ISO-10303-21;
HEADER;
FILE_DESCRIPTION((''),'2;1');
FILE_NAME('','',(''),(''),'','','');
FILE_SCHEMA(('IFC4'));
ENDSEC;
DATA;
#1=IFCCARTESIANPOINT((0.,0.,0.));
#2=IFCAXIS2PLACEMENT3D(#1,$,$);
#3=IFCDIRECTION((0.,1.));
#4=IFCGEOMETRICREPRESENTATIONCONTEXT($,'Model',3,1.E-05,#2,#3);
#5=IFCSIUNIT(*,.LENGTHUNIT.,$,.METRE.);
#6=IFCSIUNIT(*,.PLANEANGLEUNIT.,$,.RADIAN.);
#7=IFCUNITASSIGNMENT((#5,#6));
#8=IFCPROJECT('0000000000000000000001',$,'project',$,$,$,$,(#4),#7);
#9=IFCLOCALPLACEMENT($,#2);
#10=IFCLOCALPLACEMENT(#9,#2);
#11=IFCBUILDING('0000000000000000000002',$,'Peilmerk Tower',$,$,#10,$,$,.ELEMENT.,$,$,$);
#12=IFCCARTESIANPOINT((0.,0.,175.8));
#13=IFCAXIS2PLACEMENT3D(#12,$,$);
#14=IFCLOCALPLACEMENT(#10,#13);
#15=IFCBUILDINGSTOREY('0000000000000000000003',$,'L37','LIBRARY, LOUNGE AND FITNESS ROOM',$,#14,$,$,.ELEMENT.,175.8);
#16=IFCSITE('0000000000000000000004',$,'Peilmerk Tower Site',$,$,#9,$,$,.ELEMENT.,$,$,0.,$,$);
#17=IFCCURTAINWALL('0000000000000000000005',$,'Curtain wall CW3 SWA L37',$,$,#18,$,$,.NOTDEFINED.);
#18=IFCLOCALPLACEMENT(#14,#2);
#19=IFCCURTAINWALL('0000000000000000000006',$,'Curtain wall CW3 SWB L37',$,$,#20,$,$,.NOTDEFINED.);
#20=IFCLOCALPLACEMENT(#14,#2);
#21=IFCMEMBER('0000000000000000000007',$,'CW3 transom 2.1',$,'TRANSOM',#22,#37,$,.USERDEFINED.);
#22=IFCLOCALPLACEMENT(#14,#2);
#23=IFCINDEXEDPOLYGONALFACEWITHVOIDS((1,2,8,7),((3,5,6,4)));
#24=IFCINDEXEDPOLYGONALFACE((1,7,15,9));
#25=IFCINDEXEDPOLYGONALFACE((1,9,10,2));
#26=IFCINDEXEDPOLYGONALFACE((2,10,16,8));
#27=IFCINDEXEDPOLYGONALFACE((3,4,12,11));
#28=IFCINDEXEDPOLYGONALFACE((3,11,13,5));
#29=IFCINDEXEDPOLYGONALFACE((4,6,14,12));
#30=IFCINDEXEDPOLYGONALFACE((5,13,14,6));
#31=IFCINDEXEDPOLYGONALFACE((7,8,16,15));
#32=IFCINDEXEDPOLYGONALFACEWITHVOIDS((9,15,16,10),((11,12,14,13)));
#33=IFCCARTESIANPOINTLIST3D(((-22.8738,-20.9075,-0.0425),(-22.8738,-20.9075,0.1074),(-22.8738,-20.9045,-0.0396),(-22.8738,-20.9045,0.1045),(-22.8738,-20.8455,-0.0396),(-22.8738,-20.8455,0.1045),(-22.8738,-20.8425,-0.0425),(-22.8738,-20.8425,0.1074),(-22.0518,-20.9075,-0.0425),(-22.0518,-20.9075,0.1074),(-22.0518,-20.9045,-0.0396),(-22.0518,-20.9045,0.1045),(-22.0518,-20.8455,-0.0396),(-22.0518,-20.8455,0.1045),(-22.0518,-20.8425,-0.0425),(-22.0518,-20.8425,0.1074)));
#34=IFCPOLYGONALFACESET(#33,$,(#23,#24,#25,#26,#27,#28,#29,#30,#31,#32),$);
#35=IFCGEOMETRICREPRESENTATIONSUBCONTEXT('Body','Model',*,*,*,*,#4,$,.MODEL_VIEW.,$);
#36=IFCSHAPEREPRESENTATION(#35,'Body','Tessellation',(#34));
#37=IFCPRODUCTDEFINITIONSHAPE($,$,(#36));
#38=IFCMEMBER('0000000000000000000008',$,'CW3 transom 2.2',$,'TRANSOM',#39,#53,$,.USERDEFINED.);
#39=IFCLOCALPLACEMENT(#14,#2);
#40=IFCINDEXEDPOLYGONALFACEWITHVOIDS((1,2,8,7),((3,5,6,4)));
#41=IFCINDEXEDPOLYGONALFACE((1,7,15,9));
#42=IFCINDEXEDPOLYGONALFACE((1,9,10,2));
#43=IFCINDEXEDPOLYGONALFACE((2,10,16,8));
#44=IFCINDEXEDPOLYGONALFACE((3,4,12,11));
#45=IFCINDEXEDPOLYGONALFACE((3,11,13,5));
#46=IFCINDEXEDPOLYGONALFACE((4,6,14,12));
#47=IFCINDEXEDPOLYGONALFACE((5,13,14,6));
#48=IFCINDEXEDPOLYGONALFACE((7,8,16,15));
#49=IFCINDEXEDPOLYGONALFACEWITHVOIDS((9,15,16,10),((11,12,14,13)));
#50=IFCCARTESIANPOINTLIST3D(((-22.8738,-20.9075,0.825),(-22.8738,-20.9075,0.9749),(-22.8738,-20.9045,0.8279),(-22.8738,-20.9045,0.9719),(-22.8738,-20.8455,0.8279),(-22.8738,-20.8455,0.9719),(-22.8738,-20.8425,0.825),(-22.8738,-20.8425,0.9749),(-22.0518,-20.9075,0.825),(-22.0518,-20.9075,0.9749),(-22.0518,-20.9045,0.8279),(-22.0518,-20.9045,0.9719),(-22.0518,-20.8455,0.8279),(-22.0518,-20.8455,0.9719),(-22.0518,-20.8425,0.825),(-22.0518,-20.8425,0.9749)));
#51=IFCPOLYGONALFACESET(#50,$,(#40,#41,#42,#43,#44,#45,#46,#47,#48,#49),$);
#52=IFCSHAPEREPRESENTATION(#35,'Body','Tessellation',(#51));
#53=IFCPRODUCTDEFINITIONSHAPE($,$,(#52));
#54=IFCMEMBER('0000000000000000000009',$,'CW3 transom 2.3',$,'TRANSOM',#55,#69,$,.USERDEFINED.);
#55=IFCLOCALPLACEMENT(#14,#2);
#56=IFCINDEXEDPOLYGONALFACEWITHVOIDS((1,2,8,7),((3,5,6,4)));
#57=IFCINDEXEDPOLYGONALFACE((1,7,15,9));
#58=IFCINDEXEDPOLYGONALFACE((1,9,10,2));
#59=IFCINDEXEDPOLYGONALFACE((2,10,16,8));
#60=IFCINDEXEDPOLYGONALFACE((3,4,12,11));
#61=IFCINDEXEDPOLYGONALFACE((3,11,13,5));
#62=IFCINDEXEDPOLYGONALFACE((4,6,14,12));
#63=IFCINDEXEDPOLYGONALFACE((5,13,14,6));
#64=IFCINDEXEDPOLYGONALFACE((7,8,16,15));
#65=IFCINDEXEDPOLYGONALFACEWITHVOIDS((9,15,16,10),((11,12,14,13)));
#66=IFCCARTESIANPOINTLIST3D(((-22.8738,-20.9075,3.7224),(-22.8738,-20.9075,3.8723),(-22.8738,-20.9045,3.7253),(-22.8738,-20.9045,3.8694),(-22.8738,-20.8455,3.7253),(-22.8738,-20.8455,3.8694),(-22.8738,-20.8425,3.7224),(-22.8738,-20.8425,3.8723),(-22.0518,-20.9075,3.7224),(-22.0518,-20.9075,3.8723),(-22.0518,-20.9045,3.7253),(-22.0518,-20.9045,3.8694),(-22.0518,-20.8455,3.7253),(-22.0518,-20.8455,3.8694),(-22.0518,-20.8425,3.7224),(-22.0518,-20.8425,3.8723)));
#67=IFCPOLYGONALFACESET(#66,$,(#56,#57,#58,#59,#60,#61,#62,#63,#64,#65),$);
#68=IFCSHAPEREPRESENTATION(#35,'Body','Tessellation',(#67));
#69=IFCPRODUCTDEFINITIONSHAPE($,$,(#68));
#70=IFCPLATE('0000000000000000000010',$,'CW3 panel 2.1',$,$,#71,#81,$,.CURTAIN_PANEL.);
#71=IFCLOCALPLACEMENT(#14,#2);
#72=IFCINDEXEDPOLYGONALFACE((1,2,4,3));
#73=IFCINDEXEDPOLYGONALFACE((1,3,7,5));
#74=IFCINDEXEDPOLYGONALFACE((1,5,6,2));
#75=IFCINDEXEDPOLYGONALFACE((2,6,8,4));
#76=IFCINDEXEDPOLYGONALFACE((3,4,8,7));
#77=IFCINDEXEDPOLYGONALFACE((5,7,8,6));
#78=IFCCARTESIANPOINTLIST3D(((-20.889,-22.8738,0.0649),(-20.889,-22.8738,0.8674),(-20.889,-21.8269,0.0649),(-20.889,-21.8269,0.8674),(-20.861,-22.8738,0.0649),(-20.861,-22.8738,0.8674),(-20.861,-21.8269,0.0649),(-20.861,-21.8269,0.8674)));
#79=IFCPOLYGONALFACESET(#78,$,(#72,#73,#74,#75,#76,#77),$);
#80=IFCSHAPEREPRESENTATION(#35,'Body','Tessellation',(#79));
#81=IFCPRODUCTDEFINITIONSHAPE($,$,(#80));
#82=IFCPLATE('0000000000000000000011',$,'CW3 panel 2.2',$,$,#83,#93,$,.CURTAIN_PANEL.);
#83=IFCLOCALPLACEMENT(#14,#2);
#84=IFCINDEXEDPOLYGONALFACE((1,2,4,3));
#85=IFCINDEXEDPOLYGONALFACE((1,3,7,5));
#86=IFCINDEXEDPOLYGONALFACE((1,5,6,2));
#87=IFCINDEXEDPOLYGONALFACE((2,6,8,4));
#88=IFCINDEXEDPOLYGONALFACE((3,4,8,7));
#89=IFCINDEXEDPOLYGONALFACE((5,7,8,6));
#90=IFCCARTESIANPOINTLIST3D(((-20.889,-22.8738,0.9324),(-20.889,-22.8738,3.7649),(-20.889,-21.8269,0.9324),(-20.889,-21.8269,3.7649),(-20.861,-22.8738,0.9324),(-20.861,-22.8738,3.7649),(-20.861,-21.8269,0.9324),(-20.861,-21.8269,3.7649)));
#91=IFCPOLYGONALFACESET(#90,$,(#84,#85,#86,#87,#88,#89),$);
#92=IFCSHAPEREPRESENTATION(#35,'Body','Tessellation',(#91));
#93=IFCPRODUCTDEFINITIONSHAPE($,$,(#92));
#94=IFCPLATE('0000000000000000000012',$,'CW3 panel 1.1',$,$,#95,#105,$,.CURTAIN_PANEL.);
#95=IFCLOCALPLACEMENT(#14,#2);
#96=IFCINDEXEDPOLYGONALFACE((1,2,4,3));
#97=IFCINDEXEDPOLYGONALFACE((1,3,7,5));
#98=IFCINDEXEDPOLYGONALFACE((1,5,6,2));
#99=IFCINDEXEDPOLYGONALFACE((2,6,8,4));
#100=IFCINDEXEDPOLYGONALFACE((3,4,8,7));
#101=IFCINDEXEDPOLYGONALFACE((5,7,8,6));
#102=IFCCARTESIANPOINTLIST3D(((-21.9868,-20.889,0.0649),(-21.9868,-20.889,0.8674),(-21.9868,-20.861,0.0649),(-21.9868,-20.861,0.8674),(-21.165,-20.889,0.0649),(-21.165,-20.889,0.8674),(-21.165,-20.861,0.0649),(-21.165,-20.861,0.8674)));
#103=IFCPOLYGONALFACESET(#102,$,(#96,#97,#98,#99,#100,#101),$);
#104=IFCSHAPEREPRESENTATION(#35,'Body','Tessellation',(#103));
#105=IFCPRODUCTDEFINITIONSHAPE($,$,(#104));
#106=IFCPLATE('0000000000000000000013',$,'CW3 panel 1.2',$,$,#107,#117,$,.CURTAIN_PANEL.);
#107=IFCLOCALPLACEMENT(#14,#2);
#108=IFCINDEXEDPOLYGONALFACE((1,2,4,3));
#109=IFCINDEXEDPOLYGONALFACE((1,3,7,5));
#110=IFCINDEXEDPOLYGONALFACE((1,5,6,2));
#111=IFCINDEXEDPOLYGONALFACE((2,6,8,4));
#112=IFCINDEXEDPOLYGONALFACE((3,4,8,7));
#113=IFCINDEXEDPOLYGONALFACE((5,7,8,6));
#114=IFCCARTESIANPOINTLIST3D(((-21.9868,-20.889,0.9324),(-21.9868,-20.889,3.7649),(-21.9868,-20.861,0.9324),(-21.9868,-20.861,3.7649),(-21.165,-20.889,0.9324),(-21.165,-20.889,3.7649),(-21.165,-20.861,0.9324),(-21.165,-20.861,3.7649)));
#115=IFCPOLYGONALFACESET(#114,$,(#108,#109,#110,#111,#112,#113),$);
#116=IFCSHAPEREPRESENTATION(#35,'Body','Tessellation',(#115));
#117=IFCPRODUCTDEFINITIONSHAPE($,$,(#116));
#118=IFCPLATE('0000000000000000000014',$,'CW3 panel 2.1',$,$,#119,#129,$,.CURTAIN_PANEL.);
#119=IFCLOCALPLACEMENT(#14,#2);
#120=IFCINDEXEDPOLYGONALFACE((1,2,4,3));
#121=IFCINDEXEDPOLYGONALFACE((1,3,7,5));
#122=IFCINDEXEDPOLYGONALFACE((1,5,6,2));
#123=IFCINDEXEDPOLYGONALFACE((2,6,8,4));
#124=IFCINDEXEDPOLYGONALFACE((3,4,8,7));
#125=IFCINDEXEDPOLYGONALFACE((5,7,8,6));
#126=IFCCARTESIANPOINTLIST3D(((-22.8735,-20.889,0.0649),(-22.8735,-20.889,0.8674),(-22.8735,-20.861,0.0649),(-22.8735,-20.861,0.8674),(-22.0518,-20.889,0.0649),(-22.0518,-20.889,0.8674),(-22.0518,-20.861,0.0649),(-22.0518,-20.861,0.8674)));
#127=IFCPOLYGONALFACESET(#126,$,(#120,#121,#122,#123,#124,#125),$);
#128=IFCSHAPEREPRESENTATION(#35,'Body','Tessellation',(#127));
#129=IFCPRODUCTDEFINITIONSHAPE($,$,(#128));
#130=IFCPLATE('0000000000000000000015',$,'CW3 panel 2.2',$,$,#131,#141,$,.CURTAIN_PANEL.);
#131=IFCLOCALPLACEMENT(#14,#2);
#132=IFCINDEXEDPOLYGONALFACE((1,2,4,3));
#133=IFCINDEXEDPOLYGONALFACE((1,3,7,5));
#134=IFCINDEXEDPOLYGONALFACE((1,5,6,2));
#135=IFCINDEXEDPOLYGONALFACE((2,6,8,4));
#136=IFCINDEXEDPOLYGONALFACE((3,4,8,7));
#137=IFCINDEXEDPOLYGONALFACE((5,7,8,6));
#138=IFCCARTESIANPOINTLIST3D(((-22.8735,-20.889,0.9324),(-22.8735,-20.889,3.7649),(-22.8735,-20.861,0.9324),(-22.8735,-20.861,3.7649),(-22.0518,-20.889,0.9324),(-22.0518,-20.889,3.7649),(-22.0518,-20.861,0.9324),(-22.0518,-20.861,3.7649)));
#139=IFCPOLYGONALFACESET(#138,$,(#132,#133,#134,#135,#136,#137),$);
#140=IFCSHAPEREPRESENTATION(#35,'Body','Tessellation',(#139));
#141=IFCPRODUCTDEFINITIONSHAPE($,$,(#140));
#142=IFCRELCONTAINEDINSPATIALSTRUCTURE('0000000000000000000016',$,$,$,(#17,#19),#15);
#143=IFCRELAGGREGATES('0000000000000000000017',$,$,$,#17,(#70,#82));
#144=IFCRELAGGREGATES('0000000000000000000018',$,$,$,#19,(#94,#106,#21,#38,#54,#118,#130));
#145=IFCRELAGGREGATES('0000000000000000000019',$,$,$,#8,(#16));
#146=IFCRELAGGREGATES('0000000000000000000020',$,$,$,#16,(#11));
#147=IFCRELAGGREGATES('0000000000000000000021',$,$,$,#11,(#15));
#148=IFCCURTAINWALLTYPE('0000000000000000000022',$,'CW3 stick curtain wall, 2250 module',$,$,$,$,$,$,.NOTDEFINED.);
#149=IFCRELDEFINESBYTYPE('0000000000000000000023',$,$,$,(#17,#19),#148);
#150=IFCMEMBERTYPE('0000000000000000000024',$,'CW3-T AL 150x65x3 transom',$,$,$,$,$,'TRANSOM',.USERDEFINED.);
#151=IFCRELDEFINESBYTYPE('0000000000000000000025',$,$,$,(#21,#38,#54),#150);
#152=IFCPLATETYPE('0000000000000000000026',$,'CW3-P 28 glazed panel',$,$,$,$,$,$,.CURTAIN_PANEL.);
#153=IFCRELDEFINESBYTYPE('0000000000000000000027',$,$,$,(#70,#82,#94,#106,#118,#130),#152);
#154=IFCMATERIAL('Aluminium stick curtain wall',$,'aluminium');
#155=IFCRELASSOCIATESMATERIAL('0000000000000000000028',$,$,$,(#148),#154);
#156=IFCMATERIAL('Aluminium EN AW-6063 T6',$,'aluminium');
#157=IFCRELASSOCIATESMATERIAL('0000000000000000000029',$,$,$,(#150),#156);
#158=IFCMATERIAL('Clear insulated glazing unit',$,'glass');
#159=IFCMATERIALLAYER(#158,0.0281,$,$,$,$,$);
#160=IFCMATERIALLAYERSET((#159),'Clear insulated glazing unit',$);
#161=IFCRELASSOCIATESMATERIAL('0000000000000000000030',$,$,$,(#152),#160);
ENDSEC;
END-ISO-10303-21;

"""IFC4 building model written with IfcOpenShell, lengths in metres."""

from ifc_helpers import new_model, si_unit, direction, frame, origin, origin_2d, place, context, subcontext, project, spatial, rectangle, hollow_rectangle, extrude, material, layer, layer_set, material_profile, profile_set, type_object, element, aggregate, save


model = new_model("IFC4")

# Units and contexts
model_context = context("Model", 3, precision=1e-05, world=origin(), true_north=direction((0.0, 1.0)))
body_context = subcontext(model_context, "Body", "Model", "MODEL_VIEW")
ifc_project = project(units=[si_unit("LENGTHUNIT", "METRE"), si_unit("PLANEANGLEUNIT", "RADIAN")], contexts=[model_context])

# Site, building, storey
site_placement = place(None, origin())
site = spatial("IfcSite", under=ifc_project, at=site_placement, Name="Peilmerk Tower Site", CompositionType="ELEMENT", RefElevation=0.0)
building_placement = place(site_placement, origin())
building = spatial("IfcBuilding", under=site, at=building_placement, Name="Peilmerk Tower", CompositionType="ELEMENT")
storey_placement = place(building_placement, frame((0.0, 0.0, 175.8)))
storey = spatial("IfcBuildingStorey", under=building, at=storey_placement, Name="L37", Description="LIBRARY, LOUNGE AND FITNESS ROOM", CompositionType="ELEMENT", Elevation=175.8)

# Curtain wall
ifc_material_1 = material(Name="Aluminium stick curtain wall", Category="aluminium")
curtain_wall_type = type_object("IfcCurtainWallType", Name="CW3 stick curtain wall, 2250 module", PredefinedType="NOTDEFINED", material=ifc_material_1)
curtain_wall_1_placement = place(storey_placement, origin())
curtain_wall_1 = element("IfcCurtainWall", 1, at=curtain_wall_1_placement, inside=storey, type_object=curtain_wall_type, Name="Curtain wall CW3 SWA L37", PredefinedType="NOTDEFINED")
ifc_material_2 = material(Name="Aluminium EN AW-6063 T6", Category="aluminium")

# Curtain wall, members
curtain_wall_2_placement = place(storey_placement, origin())
curtain_wall_2 = element("IfcCurtainWall", 2, at=curtain_wall_2_placement, inside=storey, type_object=curtain_wall_type, Name="Curtain wall CW3 SWB L37", PredefinedType="NOTDEFINED")
ifc_material_profile_1 = material_profile(ifc_material_2, hollow_rectangle(XDim=0.0649, YDim=0.1499, WallThickness=0.0029, at=origin_2d()), Name="AL 150x65x3")
ifc_profile_set_1 = profile_set([ifc_material_profile_1], Name="Aluminium EN AW-6063 T6")
member_type_1 = type_object("IfcMemberType", Name="CW3-T AL 150x65x3 transom", ElementType="TRANSOM", PredefinedType="USERDEFINED", material=ifc_profile_set_1)
member_1_placement = place(storey_placement, frame((-22.0518, -20.875, 0.0325), z_axis=(-1.0, 0.0, 0.0), x_axis=(0.0, -1.0, 0.0)))
member_1 = element("IfcMember", 3, at=member_1_placement, type_object=member_type_1, Name="CW3 transom 2.1", ObjectType="TRANSOM", PredefinedType="USERDEFINED", context=body_context, shape_type="SweptSolid", body=[
    extrude(hollow_rectangle(XDim=0.0649, YDim=0.1499, WallThickness=0.0029, at=origin_2d()), origin(), (0.0, 0.0, 1.0), 0.822),
])
member_2_placement = place(storey_placement, frame((-22.0518, -20.875, 0.8999), z_axis=(-1.0, 0.0, 0.0), x_axis=(0.0, -1.0, 0.0)))
member_2 = element("IfcMember", 4, at=member_2_placement, type_object=member_type_1, Name="CW3 transom 2.2", ObjectType="TRANSOM", PredefinedType="USERDEFINED", context=body_context, shape_type="SweptSolid", body=[
    extrude(hollow_rectangle(XDim=0.0649, YDim=0.1499, WallThickness=0.0029, at=origin_2d()), origin(), (0.0, 0.0, 1.0), 0.822),
])
member_3_placement = place(storey_placement, frame((-22.0518, -20.875, 3.7974), z_axis=(-1.0, 0.0, 0.0), x_axis=(0.0, -1.0, 0.0)))
member_3 = element("IfcMember", 5, at=member_3_placement, type_object=member_type_1, Name="CW3 transom 2.3", ObjectType="TRANSOM", PredefinedType="USERDEFINED", context=body_context, shape_type="SweptSolid", body=[
    extrude(hollow_rectangle(XDim=0.0649, YDim=0.1499, WallThickness=0.0029, at=origin_2d()), origin(), (0.0, 0.0, 1.0), 0.822),
])

# Plates
ifc_material_3 = material(Name="Clear insulated glazing unit", Category="glass")
ifc_layer_1 = layer(ifc_material_3, 0.0281)
ifc_layer_set_1 = layer_set([ifc_layer_1], Name="Clear insulated glazing unit")
plate_type = type_object("IfcPlateType", Name="CW3-P 28 glazed panel", PredefinedType="CURTAIN_PANEL", material=ifc_layer_set_1)
plate_1_placement = place(storey_placement, frame((-20.875, -22.3503, 0.0649), z_axis=(0.0, 0.0, 1.0), x_axis=(0.0, -1.0, 0.0)))
plate_1 = element("IfcPlate", 6, at=plate_1_placement, type_object=plate_type, Name="CW3 panel 2.1", PredefinedType="CURTAIN_PANEL", context=body_context, shape_type="SweptSolid", body=[
    extrude(rectangle(XDim=1.0469, YDim=0.0281, at=origin_2d()), origin(), (0.0, 0.0, 1.0), 0.8025),
])
plate_2_placement = place(storey_placement, frame((-20.875, -22.3503, 0.9324), z_axis=(0.0, 0.0, 1.0), x_axis=(0.0, -1.0, 0.0)))
plate_2 = element("IfcPlate", 7, at=plate_2_placement, type_object=plate_type, Name="CW3 panel 2.2", PredefinedType="CURTAIN_PANEL", context=body_context, shape_type="SweptSolid", body=[
    extrude(rectangle(XDim=1.0469, YDim=0.0281, at=origin_2d()), origin(), (0.0, 0.0, 1.0), 2.8325),
])
aggregate(curtain_wall_1, [plate_1, plate_2])
plate_3_placement = place(storey_placement, frame((-21.5759, -20.875, 0.0649), z_axis=(0.0, 0.0, 1.0), x_axis=(-1.0, 0.0, 0.0)))
plate_3 = element("IfcPlate", 8, at=plate_3_placement, type_object=plate_type, Name="CW3 panel 1.1", PredefinedType="CURTAIN_PANEL", context=body_context, shape_type="SweptSolid", body=[
    extrude(rectangle(XDim=0.8218, YDim=0.0281, at=origin_2d()), origin(), (0.0, 0.0, 1.0), 0.8025),
])
plate_4_placement = place(storey_placement, frame((-21.5759, -20.875, 0.9324), z_axis=(0.0, 0.0, 1.0), x_axis=(-1.0, 0.0, 0.0)))
plate_4 = element("IfcPlate", 9, at=plate_4_placement, type_object=plate_type, Name="CW3 panel 1.2", PredefinedType="CURTAIN_PANEL", context=body_context, shape_type="SweptSolid", body=[
    extrude(rectangle(XDim=0.8218, YDim=0.0281, at=origin_2d()), origin(), (0.0, 0.0, 1.0), 2.8325),
])
plate_5_placement = place(storey_placement, frame((-22.4626, -20.875, 0.0649), z_axis=(0.0, 0.0, 1.0), x_axis=(-1.0, 0.0, 0.0)))
plate_5 = element("IfcPlate", 10, at=plate_5_placement, type_object=plate_type, Name="CW3 panel 2.1", PredefinedType="CURTAIN_PANEL", context=body_context, shape_type="SweptSolid", body=[
    extrude(rectangle(XDim=0.8218, YDim=0.0281, at=origin_2d()), origin(), (0.0, 0.0, 1.0), 0.8025),
])
plate_6_placement = place(storey_placement, frame((-22.4626, -20.875, 0.9324), z_axis=(0.0, 0.0, 1.0), x_axis=(-1.0, 0.0, 0.0)))
plate_6 = element("IfcPlate", 11, at=plate_6_placement, type_object=plate_type, Name="CW3 panel 2.2", PredefinedType="CURTAIN_PANEL", context=body_context, shape_type="SweptSolid", body=[
    extrude(rectangle(XDim=0.8218, YDim=0.0281, at=origin_2d()), origin(), (0.0, 0.0, 1.0), 2.8325),
])
aggregate(curtain_wall_2, [plate_3, plate_4, member_1, member_2, member_3, plate_5, plate_6])

save(model, "model.ifc")
